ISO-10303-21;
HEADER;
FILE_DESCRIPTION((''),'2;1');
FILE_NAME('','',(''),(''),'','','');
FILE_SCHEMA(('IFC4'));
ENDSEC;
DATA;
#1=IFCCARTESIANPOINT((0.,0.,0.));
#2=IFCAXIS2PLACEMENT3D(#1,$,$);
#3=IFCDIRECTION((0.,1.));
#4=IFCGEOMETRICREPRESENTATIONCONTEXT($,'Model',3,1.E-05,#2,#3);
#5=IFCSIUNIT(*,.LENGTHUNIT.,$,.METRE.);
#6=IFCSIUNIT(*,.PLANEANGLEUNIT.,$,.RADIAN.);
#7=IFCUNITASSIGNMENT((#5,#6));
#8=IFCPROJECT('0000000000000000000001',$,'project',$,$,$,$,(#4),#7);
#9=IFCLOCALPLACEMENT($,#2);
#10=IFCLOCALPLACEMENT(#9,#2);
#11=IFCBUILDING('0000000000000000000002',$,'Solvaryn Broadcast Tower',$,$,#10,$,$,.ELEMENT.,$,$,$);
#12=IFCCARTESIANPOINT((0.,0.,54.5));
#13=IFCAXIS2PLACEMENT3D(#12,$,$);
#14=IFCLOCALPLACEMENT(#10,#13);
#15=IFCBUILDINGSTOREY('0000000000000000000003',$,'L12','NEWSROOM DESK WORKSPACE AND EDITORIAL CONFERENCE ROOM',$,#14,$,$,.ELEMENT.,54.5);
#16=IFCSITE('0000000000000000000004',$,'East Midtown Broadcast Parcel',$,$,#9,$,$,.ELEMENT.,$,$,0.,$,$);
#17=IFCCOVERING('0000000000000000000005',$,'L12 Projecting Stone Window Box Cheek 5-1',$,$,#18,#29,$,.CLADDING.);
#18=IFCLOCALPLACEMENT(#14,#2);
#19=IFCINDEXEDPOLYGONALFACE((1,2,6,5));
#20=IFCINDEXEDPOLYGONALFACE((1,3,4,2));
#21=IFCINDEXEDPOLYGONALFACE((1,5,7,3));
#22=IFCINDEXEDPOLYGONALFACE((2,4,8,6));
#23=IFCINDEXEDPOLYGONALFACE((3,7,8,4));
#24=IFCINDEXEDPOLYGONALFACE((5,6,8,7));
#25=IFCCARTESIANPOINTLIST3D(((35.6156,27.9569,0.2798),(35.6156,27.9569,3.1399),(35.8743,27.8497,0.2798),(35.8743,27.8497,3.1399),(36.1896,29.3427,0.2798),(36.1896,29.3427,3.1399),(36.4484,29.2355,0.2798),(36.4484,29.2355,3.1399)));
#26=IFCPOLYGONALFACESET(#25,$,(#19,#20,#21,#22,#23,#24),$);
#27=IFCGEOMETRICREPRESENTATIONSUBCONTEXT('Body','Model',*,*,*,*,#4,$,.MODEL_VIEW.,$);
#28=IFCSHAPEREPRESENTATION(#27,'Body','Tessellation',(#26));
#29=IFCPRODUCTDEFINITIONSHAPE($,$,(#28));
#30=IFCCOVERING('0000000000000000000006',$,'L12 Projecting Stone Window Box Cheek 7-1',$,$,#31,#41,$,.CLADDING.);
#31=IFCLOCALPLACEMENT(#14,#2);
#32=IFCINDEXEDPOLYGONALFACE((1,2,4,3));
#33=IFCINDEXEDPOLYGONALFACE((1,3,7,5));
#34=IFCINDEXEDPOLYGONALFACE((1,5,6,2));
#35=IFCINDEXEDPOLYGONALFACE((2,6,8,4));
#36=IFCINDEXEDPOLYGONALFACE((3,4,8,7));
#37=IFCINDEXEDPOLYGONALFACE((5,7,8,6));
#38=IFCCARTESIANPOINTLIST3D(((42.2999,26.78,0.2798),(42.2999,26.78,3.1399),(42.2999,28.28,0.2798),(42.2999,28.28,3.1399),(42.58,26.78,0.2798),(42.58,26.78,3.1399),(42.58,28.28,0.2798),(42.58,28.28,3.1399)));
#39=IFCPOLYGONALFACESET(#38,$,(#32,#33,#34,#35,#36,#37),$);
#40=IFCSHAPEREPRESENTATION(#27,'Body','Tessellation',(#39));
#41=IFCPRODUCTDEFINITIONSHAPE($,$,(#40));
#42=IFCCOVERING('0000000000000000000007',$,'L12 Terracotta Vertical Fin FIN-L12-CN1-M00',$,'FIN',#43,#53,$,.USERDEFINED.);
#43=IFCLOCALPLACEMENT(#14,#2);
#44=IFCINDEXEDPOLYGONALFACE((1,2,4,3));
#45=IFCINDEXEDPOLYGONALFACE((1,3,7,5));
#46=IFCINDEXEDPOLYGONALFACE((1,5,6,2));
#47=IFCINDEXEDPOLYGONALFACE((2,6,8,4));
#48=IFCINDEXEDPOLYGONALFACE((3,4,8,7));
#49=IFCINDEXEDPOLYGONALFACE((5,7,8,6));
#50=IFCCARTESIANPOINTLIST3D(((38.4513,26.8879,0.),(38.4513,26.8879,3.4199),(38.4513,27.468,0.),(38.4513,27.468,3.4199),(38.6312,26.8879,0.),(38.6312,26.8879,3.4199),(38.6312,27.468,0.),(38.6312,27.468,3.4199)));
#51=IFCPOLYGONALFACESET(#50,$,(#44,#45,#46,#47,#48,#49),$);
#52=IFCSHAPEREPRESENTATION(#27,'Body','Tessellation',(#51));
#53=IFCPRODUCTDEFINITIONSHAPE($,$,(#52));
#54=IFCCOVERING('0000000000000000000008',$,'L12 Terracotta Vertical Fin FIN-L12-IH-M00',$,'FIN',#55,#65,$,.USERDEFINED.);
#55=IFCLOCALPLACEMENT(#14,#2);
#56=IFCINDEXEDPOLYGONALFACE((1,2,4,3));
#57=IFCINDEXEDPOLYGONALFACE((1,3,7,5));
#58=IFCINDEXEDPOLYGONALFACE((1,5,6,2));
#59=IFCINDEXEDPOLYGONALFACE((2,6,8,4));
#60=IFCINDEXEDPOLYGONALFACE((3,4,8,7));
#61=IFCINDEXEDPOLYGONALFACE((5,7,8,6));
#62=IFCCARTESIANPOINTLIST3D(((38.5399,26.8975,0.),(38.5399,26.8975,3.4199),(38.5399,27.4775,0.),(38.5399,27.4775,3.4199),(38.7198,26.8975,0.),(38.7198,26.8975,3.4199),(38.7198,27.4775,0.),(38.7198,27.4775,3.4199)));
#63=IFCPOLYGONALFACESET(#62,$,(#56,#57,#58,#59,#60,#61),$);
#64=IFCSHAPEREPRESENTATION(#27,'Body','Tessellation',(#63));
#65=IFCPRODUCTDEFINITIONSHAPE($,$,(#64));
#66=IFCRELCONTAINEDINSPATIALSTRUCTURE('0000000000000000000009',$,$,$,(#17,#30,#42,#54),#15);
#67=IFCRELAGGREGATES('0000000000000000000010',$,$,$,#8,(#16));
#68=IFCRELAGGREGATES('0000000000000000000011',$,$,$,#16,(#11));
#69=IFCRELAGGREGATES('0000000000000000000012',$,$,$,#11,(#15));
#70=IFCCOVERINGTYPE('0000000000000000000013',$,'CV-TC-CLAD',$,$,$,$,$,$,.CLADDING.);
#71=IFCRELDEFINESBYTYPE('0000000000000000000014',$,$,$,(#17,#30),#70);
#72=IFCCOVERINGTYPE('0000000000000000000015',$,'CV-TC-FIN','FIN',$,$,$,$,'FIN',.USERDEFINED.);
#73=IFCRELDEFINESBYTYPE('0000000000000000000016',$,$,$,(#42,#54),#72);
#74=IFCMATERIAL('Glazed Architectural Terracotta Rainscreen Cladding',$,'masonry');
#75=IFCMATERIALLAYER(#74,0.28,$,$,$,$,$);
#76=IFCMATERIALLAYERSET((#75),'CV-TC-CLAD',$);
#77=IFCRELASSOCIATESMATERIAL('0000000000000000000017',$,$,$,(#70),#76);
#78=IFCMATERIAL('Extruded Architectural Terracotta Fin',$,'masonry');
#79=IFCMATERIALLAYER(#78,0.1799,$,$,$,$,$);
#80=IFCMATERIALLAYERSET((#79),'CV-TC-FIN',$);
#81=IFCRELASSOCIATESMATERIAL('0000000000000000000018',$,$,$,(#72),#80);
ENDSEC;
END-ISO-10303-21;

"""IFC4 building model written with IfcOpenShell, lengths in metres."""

from ifc_helpers import new_model, si_unit, direction, frame, origin, origin_2d, place, context, subcontext, project, spatial, rectangle, extrude, material, layer, layer_set, type_object, element, save


model = new_model("IFC4")

# Units and contexts
model_context = context("Model", 3, precision=1e-05, world=origin(), true_north=direction((0.0, 1.0)))
body_context = subcontext(model_context, "Body", "Model", "MODEL_VIEW")
ifc_project = project(units=[si_unit("LENGTHUNIT", "METRE"), si_unit("PLANEANGLEUNIT", "RADIAN")], contexts=[model_context])

# Site, building, storey
site_placement = place(None, origin())
site = spatial("IfcSite", under=ifc_project, at=site_placement, Name="East Midtown Broadcast Parcel", CompositionType="ELEMENT", RefElevation=0.0)
building_placement = place(site_placement, origin())
building = spatial("IfcBuilding", under=site, at=building_placement, Name="Solvaryn Broadcast Tower", CompositionType="ELEMENT")
storey_placement = place(building_placement, frame((0.0, 0.0, 54.5)))
storey = spatial("IfcBuildingStorey", under=building, at=storey_placement, Name="L12", Description="NEWSROOM DESK WORKSPACE AND EDITORIAL CONFERENCE ROOM", CompositionType="ELEMENT", Elevation=54.5)

# Coverings
ifc_material_1 = material(Name="Glazed Architectural Terracotta Rainscreen Cladding", Category="masonry")
ifc_layer_1 = layer(ifc_material_1, 0.28)
ifc_layer_set_1 = layer_set([ifc_layer_1], Name="CV-TC-CLAD")
covering_type_1 = type_object("IfcCoveringType", Name="CV-TC-CLAD", PredefinedType="CLADDING", material=ifc_layer_set_1)
for number, where, z_axis, x_axis, name in (
    (1, (36.032, 28.5962, 0.2798), (0.0, 0.0, 1.0), (-0.92388, 0.382683, 0.0), "L12 Projecting Stone Window Box Cheek 5-1"),
    (2, (42.4399, 27.53, 0.2798), (0.0, 0.0, 1.0), (1.0, 0.0, 0.0), "L12 Projecting Stone Window Box Cheek 7-1"),
):
    element("IfcCovering", number, at=place(storey_placement, frame(where, z_axis=z_axis, x_axis=x_axis)), inside=storey, type_object=covering_type_1, Name=name, PredefinedType="CLADDING", context=body_context, shape_type="SweptSolid", body=[
        extrude(rectangle(XDim=0.28, YDim=1.5, at=origin_2d()), origin(), (0.0, 0.0, 1.0), 2.8601),
    ])
ifc_material_2 = material(Name="Extruded Architectural Terracotta Fin", Category="masonry")
ifc_layer_2 = layer(ifc_material_2, 0.1799)
ifc_layer_set_2 = layer_set([ifc_layer_2], Name="CV-TC-FIN")
covering_type_2 = type_object("IfcCoveringType", Name="CV-TC-FIN", Description="FIN", ElementType="FIN", PredefinedType="USERDEFINED", material=ifc_layer_set_2)
for number, where, z_axis, x_axis, name in (
    (3, (38.5413, 27.178, 0.0), (0.0, 0.0, 1.0), (1.0, 0.0, 0.0), "L12 Terracotta Vertical Fin FIN-L12-CN1-M00"),
    (4, (38.6299, 27.1875, 0.0), (0.0, 0.0, 1.0), (1.0, 0.0, 0.0), "L12 Terracotta Vertical Fin FIN-L12-IH-M00"),
):
    element("IfcCovering", number, at=place(storey_placement, frame(where, z_axis=z_axis, x_axis=x_axis)), inside=storey, type_object=covering_type_2, Name=name, ObjectType="FIN", PredefinedType="USERDEFINED", context=body_context, shape_type="SweptSolid", body=[
        extrude(rectangle(XDim=0.1799, YDim=0.5801, at=origin_2d()), origin(), (0.0, 0.0, 1.0), 3.4199),
    ])

save(model, "model.ifc")
